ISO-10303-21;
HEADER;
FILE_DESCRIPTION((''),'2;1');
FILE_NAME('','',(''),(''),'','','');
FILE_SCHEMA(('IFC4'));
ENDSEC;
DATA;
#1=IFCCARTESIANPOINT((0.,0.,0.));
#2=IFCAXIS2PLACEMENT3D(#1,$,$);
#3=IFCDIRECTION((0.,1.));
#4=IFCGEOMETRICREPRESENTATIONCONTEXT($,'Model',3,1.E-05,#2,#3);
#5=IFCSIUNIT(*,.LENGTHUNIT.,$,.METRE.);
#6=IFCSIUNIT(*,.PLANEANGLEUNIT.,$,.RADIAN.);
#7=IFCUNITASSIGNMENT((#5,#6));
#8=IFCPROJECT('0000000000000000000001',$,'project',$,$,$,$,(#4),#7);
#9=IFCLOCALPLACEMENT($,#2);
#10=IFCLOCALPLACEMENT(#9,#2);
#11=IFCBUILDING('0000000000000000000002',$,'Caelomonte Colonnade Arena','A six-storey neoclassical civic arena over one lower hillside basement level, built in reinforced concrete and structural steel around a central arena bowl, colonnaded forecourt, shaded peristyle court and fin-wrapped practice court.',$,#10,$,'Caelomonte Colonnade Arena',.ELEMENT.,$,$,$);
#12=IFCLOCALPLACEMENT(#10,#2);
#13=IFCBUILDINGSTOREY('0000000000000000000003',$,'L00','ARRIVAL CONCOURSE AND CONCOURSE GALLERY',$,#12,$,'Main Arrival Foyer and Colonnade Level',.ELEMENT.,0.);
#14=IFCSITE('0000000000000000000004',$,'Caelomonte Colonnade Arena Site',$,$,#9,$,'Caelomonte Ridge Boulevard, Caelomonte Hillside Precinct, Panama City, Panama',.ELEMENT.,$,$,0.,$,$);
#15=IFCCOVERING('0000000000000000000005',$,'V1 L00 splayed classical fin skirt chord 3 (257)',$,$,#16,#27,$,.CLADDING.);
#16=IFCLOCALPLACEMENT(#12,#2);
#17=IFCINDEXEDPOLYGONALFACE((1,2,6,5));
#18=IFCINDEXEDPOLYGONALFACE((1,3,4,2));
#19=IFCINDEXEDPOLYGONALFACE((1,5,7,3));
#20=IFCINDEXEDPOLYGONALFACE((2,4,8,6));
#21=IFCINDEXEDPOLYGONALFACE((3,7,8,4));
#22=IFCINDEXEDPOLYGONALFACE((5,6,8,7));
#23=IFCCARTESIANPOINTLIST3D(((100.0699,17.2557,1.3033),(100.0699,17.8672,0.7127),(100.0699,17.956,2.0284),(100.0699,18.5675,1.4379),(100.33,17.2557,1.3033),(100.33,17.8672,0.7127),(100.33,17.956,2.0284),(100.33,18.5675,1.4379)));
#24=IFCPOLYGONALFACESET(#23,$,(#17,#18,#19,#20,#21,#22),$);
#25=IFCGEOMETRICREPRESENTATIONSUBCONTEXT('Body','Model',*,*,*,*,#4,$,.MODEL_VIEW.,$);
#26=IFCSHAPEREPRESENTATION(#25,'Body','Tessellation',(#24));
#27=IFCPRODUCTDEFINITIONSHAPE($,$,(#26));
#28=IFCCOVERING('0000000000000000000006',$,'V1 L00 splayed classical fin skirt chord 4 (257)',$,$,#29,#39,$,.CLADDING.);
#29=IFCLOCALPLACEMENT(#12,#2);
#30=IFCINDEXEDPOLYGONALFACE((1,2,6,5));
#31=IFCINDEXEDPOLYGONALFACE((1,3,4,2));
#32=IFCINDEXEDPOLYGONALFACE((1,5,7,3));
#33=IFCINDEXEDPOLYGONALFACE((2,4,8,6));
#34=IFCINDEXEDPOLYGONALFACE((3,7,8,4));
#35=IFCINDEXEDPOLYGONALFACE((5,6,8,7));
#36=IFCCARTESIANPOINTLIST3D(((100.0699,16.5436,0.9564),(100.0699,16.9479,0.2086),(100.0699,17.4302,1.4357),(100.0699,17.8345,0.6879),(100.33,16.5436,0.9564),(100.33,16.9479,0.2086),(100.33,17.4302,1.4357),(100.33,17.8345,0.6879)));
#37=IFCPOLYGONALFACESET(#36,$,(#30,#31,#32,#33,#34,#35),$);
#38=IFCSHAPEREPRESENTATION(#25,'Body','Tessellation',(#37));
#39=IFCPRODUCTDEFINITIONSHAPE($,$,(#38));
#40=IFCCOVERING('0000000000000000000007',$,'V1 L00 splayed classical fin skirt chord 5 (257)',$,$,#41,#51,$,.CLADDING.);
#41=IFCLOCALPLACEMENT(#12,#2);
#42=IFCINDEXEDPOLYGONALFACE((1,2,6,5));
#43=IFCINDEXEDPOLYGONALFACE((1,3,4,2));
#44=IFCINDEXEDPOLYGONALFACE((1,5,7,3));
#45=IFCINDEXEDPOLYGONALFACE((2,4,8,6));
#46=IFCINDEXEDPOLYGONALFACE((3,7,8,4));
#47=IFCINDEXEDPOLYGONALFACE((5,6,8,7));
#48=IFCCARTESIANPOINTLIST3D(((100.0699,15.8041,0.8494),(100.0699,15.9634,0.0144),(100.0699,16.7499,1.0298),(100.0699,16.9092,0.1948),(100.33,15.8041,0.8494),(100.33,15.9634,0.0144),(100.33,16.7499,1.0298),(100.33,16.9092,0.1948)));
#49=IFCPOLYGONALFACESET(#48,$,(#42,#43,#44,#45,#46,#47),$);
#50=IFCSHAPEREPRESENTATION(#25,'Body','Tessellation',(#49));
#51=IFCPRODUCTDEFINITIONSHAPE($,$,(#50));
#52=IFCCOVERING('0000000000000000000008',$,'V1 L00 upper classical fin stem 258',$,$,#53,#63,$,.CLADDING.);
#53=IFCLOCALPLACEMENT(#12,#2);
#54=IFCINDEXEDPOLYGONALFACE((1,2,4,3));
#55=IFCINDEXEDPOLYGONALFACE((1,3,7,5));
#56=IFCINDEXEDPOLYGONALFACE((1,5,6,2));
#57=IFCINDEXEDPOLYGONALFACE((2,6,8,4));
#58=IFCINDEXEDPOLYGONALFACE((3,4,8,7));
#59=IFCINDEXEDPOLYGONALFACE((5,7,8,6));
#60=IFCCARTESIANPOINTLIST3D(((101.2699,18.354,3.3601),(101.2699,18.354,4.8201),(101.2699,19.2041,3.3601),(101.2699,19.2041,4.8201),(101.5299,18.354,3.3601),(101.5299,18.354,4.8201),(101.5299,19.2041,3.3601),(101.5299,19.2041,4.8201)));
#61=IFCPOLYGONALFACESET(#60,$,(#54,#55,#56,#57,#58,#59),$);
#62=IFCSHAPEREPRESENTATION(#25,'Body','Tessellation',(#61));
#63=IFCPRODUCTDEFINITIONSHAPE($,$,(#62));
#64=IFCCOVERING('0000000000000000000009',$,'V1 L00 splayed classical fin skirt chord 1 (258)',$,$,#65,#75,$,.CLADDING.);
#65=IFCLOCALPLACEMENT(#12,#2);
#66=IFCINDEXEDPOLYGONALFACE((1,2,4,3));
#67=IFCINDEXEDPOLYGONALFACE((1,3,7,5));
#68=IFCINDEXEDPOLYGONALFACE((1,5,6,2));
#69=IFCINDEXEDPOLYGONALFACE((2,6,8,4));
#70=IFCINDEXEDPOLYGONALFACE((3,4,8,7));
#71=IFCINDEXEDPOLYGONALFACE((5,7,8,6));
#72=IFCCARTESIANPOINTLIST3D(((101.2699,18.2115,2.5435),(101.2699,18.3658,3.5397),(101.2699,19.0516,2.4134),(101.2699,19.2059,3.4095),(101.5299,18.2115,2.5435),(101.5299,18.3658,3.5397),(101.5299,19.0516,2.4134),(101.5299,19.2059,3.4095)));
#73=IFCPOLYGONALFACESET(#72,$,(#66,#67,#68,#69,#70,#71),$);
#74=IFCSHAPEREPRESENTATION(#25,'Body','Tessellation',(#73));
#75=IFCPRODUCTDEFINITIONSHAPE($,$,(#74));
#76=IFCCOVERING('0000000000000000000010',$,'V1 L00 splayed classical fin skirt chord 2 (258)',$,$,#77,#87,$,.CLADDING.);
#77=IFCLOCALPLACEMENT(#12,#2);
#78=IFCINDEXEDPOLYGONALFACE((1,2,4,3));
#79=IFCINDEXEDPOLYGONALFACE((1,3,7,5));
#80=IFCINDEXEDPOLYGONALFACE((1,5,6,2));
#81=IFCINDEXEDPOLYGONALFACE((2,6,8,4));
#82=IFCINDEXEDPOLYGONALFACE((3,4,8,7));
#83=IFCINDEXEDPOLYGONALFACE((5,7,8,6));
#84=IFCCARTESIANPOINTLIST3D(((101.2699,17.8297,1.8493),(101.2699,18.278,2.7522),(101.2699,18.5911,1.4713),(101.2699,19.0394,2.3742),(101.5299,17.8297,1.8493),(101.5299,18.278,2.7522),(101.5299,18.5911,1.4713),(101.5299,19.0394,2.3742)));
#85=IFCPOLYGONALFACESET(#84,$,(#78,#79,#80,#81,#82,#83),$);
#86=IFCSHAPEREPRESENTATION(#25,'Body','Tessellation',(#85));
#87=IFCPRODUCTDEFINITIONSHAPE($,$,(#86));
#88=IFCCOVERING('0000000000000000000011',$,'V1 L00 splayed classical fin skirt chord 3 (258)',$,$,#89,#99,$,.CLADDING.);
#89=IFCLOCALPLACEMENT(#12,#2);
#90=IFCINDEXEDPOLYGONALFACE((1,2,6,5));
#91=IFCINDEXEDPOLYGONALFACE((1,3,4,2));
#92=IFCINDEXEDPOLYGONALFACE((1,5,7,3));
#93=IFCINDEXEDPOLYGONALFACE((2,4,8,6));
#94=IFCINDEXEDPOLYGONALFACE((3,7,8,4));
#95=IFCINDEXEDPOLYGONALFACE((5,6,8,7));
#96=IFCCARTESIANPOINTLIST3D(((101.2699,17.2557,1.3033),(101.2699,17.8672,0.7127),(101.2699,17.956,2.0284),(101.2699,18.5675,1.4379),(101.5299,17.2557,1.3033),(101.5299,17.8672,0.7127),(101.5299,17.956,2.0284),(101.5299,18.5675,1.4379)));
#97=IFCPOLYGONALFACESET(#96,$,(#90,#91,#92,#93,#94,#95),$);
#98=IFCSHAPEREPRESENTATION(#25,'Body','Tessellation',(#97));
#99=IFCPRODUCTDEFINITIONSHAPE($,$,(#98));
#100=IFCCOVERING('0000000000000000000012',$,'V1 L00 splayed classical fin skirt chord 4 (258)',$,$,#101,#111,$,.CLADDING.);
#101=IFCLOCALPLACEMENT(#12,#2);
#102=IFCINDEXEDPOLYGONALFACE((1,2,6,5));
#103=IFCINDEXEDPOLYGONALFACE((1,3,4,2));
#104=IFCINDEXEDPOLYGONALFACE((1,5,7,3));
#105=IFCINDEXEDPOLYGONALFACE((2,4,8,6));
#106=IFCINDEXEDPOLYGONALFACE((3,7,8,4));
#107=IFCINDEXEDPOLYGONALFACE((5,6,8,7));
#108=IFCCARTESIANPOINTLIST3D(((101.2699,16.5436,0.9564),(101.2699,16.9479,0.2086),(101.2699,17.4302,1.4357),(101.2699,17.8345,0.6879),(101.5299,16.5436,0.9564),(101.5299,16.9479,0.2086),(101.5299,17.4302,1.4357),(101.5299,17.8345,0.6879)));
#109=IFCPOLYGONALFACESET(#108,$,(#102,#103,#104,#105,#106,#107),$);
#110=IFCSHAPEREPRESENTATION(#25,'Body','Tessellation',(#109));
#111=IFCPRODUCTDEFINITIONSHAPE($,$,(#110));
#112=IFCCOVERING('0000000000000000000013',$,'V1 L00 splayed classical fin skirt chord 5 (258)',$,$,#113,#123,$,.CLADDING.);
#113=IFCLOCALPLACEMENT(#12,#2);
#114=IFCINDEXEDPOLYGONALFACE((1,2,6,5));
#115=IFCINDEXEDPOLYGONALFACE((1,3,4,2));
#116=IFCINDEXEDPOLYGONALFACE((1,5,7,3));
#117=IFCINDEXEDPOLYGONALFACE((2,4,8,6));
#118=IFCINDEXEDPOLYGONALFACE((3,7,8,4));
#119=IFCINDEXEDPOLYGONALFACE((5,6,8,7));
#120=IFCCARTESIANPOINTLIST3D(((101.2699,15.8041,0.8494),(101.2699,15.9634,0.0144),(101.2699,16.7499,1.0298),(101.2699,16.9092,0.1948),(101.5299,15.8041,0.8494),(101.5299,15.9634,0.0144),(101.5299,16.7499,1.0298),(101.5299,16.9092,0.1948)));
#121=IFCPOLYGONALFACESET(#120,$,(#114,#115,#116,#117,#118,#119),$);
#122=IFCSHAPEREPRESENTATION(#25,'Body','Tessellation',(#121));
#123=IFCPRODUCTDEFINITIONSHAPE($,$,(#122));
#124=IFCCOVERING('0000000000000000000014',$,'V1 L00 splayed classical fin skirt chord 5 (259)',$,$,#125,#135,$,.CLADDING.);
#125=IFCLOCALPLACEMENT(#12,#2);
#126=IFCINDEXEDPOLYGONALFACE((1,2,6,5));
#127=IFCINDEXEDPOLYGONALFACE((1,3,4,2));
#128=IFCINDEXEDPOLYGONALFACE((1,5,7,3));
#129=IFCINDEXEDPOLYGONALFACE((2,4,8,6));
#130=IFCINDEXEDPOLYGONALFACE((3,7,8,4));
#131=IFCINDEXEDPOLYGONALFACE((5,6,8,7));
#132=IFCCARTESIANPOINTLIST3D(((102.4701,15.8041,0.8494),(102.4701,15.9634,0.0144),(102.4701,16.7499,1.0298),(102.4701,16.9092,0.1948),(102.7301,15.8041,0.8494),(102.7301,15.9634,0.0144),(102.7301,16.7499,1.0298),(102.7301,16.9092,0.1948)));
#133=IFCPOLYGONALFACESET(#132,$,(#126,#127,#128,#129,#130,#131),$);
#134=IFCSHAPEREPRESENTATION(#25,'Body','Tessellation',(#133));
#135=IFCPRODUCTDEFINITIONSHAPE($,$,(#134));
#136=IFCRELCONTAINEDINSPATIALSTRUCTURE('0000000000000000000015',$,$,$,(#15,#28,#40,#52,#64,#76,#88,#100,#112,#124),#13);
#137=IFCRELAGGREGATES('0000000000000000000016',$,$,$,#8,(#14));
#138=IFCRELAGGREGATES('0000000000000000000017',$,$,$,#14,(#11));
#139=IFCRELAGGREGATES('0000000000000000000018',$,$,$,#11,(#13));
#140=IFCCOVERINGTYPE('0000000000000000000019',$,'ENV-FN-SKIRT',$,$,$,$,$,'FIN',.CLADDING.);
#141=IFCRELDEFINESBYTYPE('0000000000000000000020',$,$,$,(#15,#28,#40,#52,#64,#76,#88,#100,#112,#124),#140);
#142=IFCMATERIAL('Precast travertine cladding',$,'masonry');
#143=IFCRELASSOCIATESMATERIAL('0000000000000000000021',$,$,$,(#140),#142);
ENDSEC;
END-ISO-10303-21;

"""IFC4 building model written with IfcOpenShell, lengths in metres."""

from ifc_helpers import new_model, si_unit, direction, frame, origin, origin_2d, place, context, subcontext, project, spatial, rectangle, extrude, material, material_profile, profile_set, type_object, element, save


model = new_model("IFC4")

# Units and contexts
model_context = context("Model", 3, precision=1e-05, world=origin(), true_north=direction((0.0, 1.0)))
body_context = subcontext(model_context, "Body", "Model", "MODEL_VIEW")
ifc_project = project(units=[si_unit("LENGTHUNIT", "METRE"), si_unit("PLANEANGLEUNIT", "RADIAN")], contexts=[model_context])

# Site, building, storey
site_placement = place(None, origin())
site = spatial("IfcSite", under=ifc_project, at=site_placement, Name="Caelomonte Colonnade Arena Site", LongName="Caelomonte Ridge Boulevard, Caelomonte Hillside Precinct, Panama City, Panama", CompositionType="ELEMENT", RefElevation=0.0)
building_placement = place(site_placement, origin())
building = spatial("IfcBuilding", under=site, at=building_placement, Name="Caelomonte Colonnade Arena", Description="A six-storey neoclassical civic arena over one lower hillside basement level, built in reinforced concrete and structural steel around a central arena bowl, colonnaded forecourt, shaded peristyle court and fin-wrapped practice court.", LongName="Caelomonte Colonnade Arena", CompositionType="ELEMENT")
storey_placement = place(building_placement, origin())
storey = spatial("IfcBuildingStorey", under=building, at=storey_placement, Name="L00", Description="ARRIVAL CONCOURSE AND CONCOURSE GALLERY", LongName="Main Arrival Foyer and Colonnade Level", CompositionType="ELEMENT", Elevation=0.0)

# Coverings
ifc_material = material(Name="Precast travertine cladding", Category="masonry")
ifc_material_profile = material_profile(ifc_material, rectangle(XDim=0.26, YDim=0.8501, at=origin_2d()), Name="FIN260X850")
ifc_profile_set = profile_set([ifc_material_profile], Name="Precast travertine cladding")
covering_type = type_object("IfcCoveringType", Name="ENV-FN-SKIRT", ElementType="FIN", PredefinedType="CLADDING", material=ifc_profile_set)
for number, where, z_axis, x_axis, name in (
    (1, (100.2, 18.2617, 1.7332), (0.0, -0.694646, -0.719351), (-1.0, 0.0, 0.0), "V1 L00 splayed classical fin skirt chord 3 (257)"),
):
    element("IfcCovering", number, at=place(storey_placement, frame(where, z_axis=z_axis, x_axis=x_axis)), inside=storey, type_object=covering_type, Name=name, PredefinedType="CLADDING", context=body_context, shape_type="SweptSolid", body=[
        extrude(rectangle(XDim=0.26, YDim=0.8501, at=origin_2d()), origin(), (0.0, 0.0, 1.0), 1.0081),
    ])
covering_1_placement = place(storey_placement, frame((100.2, 17.6323, 1.0618), z_axis=(0.0, -0.879676, -0.475573), x_axis=(-1.0, 0.0, 0.0)))
element("IfcCovering", 2, at=covering_1_placement, inside=storey, type_object=covering_type, Name="V1 L00 splayed classical fin skirt chord 4 (257)", PredefinedType="CLADDING", context=body_context, shape_type="SweptSolid", body=[
    extrude(rectangle(XDim=0.26, YDim=0.8501, at=origin_2d()), origin(), (0.0, 0.0, 1.0), 1.0078),
])
covering_2_placement = place(storey_placement, frame((100.2, 16.8296, 0.6123), z_axis=(0.0, -0.982287, -0.18738), x_axis=(-1.0, 0.0, 0.0)))
element("IfcCovering", 3, at=covering_2_placement, inside=storey, type_object=covering_type, Name="V1 L00 splayed classical fin skirt chord 5 (257)", PredefinedType="CLADDING", context=body_context, shape_type="SweptSolid", body=[
    extrude(rectangle(XDim=0.26, YDim=0.8501, at=origin_2d()), origin(), (0.0, 0.0, 1.0), 0.9629),
])
covering_3_placement = place(storey_placement, frame((101.3999, 18.7791, 3.3601), z_axis=(0.0, 0.0, 1.0), x_axis=(-1.0, 0.0, 0.0)))
element("IfcCovering", 4, at=covering_3_placement, inside=storey, type_object=covering_type, Name="V1 L00 upper classical fin stem 258", PredefinedType="CLADDING", context=body_context, shape_type="SweptSolid", body=[
    extrude(rectangle(XDim=0.26, YDim=0.8501, at=origin_2d()), origin(), (0.0, 0.0, 1.0), 1.46),
])
for number, where, z_axis, x_axis, name in (
    (5, (101.3999, 18.7859, 3.4746), (0.0, -0.153076, -0.988214), (-1.0, 0.0, 0.0), "V1 L00 splayed classical fin skirt chord 1 (258)"),
    (6, (101.3999, 18.6587, 2.5632), (0.0, -0.444693, -0.895683), (-1.0, 0.0, 0.0), "V1 L00 splayed classical fin skirt chord 2 (258)"),
    (7, (101.3999, 18.2617, 1.7332), (0.0, -0.694646, -0.719351), (-1.0, 0.0, 0.0), "V1 L00 splayed classical fin skirt chord 3 (258)"),
):
    element("IfcCovering", number, at=place(storey_placement, frame(where, z_axis=z_axis, x_axis=x_axis)), inside=storey, type_object=covering_type, Name=name, PredefinedType="CLADDING", context=body_context, shape_type="SweptSolid", body=[
        extrude(rectangle(XDim=0.26, YDim=0.8501, at=origin_2d()), origin(), (0.0, 0.0, 1.0), 1.0081),
    ])
covering_4_placement = place(storey_placement, frame((101.3999, 17.6323, 1.0618), z_axis=(0.0, -0.879676, -0.475573), x_axis=(-1.0, 0.0, 0.0)))
element("IfcCovering", 8, at=covering_4_placement, inside=storey, type_object=covering_type, Name="V1 L00 splayed classical fin skirt chord 4 (258)", PredefinedType="CLADDING", context=body_context, shape_type="SweptSolid", body=[
    extrude(rectangle(XDim=0.26, YDim=0.8501, at=origin_2d()), origin(), (0.0, 0.0, 1.0), 1.0078),
])
for number, where, z_axis, x_axis, name in (
    (9, (101.3999, 16.8296, 0.6123), (0.0, -0.982287, -0.18738), (-1.0, 0.0, 0.0), "V1 L00 splayed classical fin skirt chord 5 (258)"),
    (10, (102.6001, 16.8296, 0.6123), (0.0, -0.982287, -0.18738), (-1.0, 0.0, 0.0), "V1 L00 splayed classical fin skirt chord 5 (259)"),
):
    element("IfcCovering", number, at=place(storey_placement, frame(where, z_axis=z_axis, x_axis=x_axis)), inside=storey, type_object=covering_type, Name=name, PredefinedType="CLADDING", context=body_context, shape_type="SweptSolid", body=[
        extrude(rectangle(XDim=0.26, YDim=0.8501, at=origin_2d()), origin(), (0.0, 0.0, 1.0), 0.9629),
    ])

save(model, "model.ifc")
